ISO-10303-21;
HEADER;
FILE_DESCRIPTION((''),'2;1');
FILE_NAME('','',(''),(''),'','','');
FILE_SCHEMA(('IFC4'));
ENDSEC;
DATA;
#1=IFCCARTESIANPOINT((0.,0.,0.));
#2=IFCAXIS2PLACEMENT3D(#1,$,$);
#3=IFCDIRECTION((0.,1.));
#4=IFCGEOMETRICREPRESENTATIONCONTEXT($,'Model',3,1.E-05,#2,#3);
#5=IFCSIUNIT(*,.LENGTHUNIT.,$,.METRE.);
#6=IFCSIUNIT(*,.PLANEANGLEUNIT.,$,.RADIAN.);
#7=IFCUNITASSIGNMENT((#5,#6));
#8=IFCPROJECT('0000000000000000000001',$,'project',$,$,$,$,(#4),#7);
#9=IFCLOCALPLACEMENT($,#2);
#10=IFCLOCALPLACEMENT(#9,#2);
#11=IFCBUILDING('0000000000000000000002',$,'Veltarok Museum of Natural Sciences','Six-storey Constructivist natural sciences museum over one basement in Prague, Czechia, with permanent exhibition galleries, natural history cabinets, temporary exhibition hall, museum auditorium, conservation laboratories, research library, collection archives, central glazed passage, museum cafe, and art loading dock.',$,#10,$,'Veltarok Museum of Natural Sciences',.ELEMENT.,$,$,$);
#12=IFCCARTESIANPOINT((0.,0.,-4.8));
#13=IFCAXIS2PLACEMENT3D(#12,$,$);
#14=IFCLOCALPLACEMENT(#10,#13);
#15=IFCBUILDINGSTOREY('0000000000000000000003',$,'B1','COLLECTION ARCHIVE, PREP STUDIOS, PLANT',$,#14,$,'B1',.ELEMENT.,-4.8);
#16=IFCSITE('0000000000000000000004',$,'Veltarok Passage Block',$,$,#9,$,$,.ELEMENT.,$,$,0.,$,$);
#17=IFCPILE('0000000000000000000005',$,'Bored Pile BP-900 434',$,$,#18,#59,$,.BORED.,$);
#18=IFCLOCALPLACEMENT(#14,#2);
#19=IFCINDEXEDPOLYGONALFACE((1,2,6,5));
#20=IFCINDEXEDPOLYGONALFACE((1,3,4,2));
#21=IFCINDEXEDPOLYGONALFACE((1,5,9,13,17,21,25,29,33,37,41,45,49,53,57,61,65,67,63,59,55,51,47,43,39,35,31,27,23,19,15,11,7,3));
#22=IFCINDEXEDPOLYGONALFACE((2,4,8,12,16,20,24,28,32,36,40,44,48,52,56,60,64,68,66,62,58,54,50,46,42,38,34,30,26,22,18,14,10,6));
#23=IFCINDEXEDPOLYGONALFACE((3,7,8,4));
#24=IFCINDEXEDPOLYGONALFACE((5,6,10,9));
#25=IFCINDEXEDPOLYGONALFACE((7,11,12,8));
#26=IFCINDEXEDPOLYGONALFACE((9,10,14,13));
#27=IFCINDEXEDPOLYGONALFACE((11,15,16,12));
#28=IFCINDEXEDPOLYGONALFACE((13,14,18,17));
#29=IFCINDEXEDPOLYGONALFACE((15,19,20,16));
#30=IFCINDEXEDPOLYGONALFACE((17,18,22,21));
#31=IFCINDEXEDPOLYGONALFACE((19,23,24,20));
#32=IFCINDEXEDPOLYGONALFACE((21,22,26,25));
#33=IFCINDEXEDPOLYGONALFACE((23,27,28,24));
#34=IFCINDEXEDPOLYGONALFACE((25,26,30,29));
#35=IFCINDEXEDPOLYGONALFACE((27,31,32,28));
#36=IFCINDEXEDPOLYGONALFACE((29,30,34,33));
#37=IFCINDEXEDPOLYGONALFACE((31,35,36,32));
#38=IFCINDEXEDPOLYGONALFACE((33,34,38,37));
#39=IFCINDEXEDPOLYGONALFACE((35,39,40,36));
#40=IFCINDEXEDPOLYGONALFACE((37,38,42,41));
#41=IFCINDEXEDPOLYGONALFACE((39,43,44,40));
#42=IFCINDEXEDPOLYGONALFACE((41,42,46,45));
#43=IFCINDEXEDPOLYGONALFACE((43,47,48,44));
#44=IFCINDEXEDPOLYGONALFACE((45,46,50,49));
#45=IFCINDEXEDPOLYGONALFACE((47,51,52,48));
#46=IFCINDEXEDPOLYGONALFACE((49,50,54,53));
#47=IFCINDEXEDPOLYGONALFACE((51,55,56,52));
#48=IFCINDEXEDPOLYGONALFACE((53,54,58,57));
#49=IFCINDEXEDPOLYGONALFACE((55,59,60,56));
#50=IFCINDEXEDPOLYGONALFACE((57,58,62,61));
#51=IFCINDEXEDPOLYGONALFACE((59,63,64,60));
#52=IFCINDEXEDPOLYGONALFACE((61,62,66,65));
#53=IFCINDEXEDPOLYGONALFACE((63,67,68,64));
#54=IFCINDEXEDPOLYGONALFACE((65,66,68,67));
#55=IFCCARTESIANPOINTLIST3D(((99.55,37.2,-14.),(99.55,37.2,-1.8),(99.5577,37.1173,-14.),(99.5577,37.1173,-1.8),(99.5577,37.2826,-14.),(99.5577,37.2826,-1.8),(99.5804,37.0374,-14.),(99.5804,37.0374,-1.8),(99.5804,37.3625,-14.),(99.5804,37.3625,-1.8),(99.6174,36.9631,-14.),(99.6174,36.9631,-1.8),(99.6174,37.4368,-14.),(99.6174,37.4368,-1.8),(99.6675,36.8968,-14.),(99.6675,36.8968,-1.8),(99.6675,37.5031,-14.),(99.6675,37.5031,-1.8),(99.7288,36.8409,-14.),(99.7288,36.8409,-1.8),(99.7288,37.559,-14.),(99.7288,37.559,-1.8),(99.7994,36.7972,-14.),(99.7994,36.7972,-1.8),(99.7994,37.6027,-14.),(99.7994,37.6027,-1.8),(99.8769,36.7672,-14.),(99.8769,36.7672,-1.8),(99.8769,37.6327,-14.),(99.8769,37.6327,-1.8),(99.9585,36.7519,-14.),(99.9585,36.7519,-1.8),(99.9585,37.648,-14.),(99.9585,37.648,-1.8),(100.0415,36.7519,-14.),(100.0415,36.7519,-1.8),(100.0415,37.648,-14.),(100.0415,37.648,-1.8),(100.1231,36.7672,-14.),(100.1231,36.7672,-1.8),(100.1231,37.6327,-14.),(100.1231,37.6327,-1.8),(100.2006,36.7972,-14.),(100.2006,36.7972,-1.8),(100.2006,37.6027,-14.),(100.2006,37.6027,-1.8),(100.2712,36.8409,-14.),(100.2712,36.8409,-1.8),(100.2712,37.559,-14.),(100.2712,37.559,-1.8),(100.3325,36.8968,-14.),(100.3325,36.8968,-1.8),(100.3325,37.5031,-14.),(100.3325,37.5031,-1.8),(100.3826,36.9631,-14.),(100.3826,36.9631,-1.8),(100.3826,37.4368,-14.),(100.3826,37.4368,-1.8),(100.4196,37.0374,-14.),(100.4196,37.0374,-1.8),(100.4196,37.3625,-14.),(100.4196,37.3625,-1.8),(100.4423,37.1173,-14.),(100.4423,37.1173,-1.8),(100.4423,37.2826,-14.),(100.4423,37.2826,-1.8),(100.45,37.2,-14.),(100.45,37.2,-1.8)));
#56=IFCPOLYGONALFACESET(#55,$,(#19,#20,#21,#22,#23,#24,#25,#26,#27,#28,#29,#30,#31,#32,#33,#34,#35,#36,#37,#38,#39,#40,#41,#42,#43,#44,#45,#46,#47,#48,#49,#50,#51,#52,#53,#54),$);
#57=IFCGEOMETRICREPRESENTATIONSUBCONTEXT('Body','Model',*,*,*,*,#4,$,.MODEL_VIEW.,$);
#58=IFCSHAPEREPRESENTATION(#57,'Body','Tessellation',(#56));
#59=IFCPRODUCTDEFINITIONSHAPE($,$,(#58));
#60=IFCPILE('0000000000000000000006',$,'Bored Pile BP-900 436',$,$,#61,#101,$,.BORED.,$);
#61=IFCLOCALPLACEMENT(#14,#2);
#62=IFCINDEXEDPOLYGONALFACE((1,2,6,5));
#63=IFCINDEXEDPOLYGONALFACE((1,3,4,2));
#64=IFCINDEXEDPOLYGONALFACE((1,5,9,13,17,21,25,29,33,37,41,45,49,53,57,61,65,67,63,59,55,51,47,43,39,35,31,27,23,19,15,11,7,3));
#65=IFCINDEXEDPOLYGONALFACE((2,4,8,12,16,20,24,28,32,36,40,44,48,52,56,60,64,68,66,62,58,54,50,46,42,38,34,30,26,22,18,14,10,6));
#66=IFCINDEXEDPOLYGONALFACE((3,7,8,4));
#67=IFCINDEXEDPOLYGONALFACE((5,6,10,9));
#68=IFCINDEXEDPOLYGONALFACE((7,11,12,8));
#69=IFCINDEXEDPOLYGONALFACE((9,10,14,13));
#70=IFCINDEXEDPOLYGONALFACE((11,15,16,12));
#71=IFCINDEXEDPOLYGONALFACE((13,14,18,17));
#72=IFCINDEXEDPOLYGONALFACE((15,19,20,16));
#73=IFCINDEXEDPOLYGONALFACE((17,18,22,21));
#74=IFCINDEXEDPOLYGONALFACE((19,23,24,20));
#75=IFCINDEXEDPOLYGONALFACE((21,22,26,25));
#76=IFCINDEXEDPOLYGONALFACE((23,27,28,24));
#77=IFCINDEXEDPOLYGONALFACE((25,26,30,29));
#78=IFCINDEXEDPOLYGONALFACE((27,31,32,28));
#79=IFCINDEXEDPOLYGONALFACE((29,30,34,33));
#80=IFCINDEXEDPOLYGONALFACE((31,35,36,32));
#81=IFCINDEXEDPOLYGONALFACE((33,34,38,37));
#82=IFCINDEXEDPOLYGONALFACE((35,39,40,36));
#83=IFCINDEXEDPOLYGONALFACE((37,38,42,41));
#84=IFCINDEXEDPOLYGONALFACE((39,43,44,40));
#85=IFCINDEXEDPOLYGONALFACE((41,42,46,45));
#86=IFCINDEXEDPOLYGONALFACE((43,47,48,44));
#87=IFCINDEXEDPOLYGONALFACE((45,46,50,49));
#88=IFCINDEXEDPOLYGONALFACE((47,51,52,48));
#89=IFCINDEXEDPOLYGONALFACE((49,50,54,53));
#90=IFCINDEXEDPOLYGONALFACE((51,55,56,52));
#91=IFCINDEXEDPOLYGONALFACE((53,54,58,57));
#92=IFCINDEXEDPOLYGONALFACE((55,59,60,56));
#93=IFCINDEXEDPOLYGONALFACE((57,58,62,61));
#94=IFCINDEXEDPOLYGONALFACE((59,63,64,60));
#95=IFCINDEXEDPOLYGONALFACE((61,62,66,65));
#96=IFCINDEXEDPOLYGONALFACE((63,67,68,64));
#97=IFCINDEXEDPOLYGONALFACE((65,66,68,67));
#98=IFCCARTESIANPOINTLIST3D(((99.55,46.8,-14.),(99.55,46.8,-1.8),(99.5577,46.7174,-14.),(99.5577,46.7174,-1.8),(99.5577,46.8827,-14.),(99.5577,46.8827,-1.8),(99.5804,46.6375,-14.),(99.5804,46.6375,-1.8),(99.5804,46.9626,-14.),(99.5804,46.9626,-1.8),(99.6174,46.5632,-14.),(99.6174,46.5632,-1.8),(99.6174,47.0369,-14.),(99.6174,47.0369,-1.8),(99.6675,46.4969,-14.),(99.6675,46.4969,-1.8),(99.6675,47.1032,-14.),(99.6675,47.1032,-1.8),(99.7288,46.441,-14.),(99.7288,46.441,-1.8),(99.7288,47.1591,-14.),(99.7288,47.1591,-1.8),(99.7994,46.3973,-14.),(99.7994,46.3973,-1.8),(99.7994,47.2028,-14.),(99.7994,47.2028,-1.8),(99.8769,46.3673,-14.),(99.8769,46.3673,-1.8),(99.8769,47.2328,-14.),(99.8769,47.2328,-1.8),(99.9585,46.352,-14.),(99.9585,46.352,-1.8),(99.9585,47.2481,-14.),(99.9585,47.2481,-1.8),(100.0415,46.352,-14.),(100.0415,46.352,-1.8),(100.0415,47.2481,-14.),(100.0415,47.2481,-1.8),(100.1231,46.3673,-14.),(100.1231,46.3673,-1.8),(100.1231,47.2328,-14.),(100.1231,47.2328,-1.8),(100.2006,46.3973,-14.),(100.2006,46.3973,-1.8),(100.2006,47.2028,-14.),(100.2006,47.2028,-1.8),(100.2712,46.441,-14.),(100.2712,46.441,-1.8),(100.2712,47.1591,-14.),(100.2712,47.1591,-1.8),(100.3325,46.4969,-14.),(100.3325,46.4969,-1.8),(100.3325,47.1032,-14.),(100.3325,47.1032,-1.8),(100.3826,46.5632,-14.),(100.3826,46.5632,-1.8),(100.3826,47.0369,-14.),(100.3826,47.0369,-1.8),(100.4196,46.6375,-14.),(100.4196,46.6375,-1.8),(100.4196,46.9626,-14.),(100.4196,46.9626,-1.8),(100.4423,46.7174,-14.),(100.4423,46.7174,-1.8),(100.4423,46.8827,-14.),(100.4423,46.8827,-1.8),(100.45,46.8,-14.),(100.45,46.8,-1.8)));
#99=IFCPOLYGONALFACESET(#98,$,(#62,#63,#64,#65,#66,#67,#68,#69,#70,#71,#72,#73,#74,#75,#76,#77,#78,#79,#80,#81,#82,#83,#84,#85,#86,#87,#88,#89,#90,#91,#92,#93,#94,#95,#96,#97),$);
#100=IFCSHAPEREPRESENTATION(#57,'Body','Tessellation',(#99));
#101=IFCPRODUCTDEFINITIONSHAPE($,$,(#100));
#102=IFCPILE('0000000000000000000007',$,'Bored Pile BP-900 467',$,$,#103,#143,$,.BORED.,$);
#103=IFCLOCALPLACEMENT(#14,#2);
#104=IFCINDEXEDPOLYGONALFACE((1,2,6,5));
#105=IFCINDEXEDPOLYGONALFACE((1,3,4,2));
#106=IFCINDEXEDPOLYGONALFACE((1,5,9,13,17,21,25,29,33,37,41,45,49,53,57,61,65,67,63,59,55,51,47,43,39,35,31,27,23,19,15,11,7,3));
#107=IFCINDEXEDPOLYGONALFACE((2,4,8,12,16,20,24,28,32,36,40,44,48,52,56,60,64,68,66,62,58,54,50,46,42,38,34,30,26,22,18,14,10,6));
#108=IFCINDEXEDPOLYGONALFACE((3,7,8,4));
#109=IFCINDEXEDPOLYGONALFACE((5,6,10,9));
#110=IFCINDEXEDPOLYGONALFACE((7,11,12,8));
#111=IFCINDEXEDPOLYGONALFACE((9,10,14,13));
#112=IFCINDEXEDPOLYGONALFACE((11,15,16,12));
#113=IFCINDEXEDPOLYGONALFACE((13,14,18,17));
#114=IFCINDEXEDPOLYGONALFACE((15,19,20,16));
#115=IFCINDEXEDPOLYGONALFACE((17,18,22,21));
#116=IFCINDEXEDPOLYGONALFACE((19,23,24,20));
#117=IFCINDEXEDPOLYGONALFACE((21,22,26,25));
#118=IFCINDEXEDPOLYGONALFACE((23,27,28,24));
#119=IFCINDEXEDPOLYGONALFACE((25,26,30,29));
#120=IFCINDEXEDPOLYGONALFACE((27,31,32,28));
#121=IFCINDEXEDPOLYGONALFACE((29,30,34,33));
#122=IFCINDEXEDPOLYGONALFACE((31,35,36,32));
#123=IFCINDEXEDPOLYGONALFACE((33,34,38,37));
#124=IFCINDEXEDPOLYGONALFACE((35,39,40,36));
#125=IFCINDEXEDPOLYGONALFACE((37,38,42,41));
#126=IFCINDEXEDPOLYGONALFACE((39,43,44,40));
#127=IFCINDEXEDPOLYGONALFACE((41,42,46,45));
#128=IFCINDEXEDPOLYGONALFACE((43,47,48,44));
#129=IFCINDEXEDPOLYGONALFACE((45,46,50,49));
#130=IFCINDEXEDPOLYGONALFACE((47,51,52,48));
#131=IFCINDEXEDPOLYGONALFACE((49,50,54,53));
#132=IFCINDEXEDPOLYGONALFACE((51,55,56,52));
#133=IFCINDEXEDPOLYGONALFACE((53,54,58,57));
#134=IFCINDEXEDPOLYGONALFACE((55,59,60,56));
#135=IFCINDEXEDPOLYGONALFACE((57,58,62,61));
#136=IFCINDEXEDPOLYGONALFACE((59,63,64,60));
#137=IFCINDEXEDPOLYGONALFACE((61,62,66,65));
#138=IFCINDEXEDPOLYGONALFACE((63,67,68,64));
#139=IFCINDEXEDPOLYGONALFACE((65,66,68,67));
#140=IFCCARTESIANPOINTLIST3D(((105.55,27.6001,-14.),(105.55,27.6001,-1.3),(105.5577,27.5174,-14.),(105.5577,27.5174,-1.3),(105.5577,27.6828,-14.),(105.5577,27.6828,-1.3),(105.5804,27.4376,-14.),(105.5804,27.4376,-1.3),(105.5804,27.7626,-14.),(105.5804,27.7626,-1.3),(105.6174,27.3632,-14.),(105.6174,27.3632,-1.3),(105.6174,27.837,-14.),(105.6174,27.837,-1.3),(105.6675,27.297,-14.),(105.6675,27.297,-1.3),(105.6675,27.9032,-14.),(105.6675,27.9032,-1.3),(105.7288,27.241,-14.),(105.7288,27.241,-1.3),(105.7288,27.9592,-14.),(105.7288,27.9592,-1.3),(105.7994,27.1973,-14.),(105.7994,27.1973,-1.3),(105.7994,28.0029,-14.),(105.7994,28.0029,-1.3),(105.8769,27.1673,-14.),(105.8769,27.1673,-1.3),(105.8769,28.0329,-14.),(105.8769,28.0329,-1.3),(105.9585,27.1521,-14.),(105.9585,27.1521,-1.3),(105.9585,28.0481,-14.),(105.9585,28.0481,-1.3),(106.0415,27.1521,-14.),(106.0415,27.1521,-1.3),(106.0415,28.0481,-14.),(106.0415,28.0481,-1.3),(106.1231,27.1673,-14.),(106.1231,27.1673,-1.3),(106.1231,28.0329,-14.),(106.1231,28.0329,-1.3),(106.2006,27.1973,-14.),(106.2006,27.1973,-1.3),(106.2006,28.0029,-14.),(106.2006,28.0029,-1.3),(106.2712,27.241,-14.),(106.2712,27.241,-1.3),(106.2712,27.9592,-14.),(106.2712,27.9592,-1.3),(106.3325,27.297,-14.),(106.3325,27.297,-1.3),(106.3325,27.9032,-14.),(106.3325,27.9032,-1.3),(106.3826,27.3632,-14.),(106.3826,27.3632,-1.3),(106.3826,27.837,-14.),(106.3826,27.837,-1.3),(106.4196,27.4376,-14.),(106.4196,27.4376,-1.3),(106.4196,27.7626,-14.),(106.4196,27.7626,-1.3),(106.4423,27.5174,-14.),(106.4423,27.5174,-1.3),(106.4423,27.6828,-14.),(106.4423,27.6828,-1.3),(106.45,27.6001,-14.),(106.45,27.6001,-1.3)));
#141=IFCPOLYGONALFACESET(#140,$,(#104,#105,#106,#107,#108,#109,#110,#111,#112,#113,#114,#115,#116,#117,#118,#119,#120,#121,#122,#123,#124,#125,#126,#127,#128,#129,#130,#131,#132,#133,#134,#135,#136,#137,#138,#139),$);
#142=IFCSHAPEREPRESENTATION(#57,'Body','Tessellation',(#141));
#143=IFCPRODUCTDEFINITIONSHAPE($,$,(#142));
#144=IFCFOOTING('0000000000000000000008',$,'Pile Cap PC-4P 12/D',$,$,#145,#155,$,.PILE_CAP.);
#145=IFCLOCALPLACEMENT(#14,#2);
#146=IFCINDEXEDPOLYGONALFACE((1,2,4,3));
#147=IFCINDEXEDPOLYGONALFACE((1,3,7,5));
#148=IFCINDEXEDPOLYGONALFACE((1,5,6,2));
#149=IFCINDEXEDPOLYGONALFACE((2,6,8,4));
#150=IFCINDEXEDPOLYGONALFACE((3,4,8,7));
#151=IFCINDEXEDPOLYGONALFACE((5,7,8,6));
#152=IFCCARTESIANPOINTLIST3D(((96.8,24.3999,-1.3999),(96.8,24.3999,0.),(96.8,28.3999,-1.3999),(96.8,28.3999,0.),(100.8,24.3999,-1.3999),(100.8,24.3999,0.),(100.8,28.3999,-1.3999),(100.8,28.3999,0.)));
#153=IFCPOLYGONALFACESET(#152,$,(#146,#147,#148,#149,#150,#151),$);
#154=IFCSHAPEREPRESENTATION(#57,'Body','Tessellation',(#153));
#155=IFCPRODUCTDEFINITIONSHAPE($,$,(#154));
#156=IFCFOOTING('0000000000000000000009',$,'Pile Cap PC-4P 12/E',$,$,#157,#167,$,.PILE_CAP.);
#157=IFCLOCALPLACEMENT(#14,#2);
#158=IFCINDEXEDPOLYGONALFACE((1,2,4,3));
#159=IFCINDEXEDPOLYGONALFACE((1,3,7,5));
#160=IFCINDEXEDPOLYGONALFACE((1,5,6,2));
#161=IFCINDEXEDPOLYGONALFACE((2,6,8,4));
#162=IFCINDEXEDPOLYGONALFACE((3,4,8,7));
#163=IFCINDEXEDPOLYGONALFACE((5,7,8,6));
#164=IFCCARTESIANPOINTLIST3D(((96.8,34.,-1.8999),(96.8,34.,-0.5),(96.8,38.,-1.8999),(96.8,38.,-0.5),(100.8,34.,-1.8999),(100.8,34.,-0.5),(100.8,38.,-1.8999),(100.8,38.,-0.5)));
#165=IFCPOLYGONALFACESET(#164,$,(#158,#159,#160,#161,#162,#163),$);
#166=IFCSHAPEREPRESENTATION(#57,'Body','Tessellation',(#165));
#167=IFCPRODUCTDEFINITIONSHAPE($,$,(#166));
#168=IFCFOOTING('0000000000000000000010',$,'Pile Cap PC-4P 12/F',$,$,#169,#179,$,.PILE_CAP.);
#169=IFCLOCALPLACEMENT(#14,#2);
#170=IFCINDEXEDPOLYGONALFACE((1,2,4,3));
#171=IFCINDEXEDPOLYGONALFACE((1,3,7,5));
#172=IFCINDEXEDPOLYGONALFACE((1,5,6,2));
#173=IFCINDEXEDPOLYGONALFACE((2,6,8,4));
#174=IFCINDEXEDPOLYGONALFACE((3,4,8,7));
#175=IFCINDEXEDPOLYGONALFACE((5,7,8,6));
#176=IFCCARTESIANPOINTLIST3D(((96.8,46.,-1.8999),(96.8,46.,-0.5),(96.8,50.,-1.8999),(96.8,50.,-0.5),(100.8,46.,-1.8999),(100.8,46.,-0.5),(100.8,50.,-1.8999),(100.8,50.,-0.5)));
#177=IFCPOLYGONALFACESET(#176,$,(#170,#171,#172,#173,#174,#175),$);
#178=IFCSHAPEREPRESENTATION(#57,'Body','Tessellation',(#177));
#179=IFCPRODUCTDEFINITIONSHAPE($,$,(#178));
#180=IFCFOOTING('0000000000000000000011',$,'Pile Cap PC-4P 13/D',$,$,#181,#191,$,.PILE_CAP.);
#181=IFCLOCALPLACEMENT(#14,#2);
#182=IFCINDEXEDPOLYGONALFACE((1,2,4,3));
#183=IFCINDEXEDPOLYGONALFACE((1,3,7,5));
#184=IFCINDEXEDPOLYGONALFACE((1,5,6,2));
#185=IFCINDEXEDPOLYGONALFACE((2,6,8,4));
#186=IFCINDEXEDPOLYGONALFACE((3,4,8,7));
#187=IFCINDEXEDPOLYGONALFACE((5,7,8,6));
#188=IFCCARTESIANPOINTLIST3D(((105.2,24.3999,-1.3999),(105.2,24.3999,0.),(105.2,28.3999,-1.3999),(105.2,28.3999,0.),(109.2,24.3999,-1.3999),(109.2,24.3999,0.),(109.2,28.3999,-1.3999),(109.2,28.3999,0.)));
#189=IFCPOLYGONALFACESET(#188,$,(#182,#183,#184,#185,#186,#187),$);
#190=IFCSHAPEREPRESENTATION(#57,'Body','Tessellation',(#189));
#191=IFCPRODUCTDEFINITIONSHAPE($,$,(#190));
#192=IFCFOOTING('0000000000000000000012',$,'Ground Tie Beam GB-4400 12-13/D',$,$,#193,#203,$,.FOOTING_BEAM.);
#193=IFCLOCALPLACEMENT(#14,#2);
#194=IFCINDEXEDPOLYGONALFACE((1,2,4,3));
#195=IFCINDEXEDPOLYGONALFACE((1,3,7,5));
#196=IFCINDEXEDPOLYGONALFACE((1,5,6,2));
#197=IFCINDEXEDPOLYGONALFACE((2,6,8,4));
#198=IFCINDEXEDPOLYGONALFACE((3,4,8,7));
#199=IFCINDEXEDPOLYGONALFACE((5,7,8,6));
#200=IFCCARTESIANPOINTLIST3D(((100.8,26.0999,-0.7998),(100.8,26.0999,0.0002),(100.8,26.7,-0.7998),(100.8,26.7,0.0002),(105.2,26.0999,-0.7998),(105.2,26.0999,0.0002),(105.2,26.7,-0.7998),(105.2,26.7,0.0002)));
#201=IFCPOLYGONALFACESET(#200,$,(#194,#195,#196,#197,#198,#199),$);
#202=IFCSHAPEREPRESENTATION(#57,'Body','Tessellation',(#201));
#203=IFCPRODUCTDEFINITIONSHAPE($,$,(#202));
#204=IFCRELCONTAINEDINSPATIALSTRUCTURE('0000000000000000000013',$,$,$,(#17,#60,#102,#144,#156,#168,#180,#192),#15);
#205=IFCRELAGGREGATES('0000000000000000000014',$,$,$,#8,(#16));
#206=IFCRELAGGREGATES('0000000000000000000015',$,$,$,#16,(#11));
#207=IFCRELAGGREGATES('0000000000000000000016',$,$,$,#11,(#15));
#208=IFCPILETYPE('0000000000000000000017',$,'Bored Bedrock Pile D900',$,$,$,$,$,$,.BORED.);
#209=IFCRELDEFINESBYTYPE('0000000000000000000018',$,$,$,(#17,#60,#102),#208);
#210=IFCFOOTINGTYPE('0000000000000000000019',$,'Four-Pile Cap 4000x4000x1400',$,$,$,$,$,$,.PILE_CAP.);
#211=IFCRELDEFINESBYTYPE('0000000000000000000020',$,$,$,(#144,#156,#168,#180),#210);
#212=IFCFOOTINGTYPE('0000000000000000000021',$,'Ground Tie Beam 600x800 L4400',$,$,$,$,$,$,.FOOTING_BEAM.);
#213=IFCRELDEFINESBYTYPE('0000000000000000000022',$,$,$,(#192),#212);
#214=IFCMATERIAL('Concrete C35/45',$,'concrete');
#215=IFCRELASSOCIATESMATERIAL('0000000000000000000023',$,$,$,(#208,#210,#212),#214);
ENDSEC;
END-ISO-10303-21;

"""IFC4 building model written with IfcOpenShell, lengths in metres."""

from ifc_helpers import new_model, si_unit, direction, frame, origin, origin_2d, place, context, subcontext, project, spatial, rectangle, circle, extrude, material, material_profile, profile_set, type_object, element, save


model = new_model("IFC4")

# Units and contexts
model_context = context("Model", 3, precision=1e-05, world=origin(), true_north=direction((0.0, 1.0)))
body_context = subcontext(model_context, "Body", "Model", "MODEL_VIEW")
ifc_project = project(units=[si_unit("LENGTHUNIT", "METRE"), si_unit("PLANEANGLEUNIT", "RADIAN")], contexts=[model_context])

# Site, building, storey
site_placement = place(None, origin())
site = spatial("IfcSite", under=ifc_project, at=site_placement, Name="Veltarok Passage Block", CompositionType="ELEMENT", RefElevation=0.0)
building_placement = place(site_placement, origin())
building = spatial("IfcBuilding", under=site, at=building_placement, Name="Veltarok Museum of Natural Sciences", Description="Six-storey Constructivist natural sciences museum over one basement in Prague, Czechia, with permanent exhibition galleries, natural history cabinets, temporary exhibition hall, museum auditorium, conservation laboratories, research library, collection archives, central glazed passage, museum cafe, and art loading dock.", LongName="Veltarok Museum of Natural Sciences", CompositionType="ELEMENT")
storey_placement = place(building_placement, frame((0.0, 0.0, -4.8)))
storey = spatial("IfcBuildingStorey", under=building, at=storey_placement, Name="B1", Description="COLLECTION ARCHIVE, PREP STUDIOS, PLANT", LongName="B1", CompositionType="ELEMENT", Elevation=-4.8)

# Piles
ifc_material_1 = material(Name="Concrete C35/45", Category="concrete")
ifc_material_profile_1 = material_profile(ifc_material_1, circle(Radius=0.45, at=origin_2d()), Name="BP D900")
ifc_profile_set_1 = profile_set([ifc_material_profile_1], Name="Concrete C35/45")
pile_type_1 = type_object("IfcPileType", Name="Bored Bedrock Pile D900", PredefinedType="BORED", material=ifc_profile_set_1)
for number, where, z_axis, x_axis, name in (
    (1, (100.0, 37.2, -1.8), (0.0, 0.0, -1.0), (1.0, 0.0, 0.0), "Bored Pile BP-900 434"),
    (2, (100.0, 46.8, -1.8), (0.0, 0.0, -1.0), (1.0, 0.0, 0.0), "Bored Pile BP-900 436"),
):
    element("IfcPile", number, at=place(storey_placement, frame(where, z_axis=z_axis, x_axis=x_axis)), inside=storey, type_object=pile_type_1, Name=name, PredefinedType="BORED", context=body_context, shape_type="SweptSolid", body=[
        extrude(circle(Radius=0.45, at=origin_2d()), origin(), (0.0, 0.0, 1.0), 12.2),
    ])
pile_1_placement = place(storey_placement, frame((106.0, 27.6001, -1.3), z_axis=(0.0, 0.0, -1.0), x_axis=(1.0, 0.0, 0.0)))
element("IfcPile", 3, at=pile_1_placement, inside=storey, type_object=pile_type_1, Name="Bored Pile BP-900 467", PredefinedType="BORED", context=body_context, shape_type="SweptSolid", body=[
    extrude(circle(Radius=0.45, at=origin_2d()), origin(), (0.0, 0.0, 1.0), 12.7),
])

# Footings
footing_type_1 = type_object("IfcFootingType", Name="Four-Pile Cap 4000x4000x1400", PredefinedType="PILE_CAP", material=ifc_material_1)
for number, where, z_axis, x_axis, name in (
    (4, (98.8, 26.3999, -1.3999), (0.0, 0.0, 1.0), (1.0, 0.0, 0.0), "Pile Cap PC-4P 12/D"),
    (5, (98.8, 36.0, -1.8999), (0.0, 0.0, 1.0), (1.0, 0.0, 0.0), "Pile Cap PC-4P 12/E"),
    (6, (98.8, 48.0, -1.8999), (0.0, 0.0, 1.0), (1.0, 0.0, 0.0), "Pile Cap PC-4P 12/F"),
    (7, (107.2, 26.3999, -1.3999), (0.0, 0.0, 1.0), (1.0, 0.0, 0.0), "Pile Cap PC-4P 13/D"),
):
    element("IfcFooting", number, at=place(storey_placement, frame(where, z_axis=z_axis, x_axis=x_axis)), inside=storey, type_object=footing_type_1, Name=name, PredefinedType="PILE_CAP", context=body_context, shape_type="SweptSolid", body=[
        extrude(rectangle(XDim=4.0, YDim=4.0, at=origin_2d()), origin(), (0.0, 0.0, 1.0), 1.3999),
    ])
footing_type_2 = type_object("IfcFootingType", Name="Ground Tie Beam 600x800 L4400", PredefinedType="FOOTING_BEAM", material=ifc_material_1)
footing_1_placement = place(storey_placement, frame((103.0, 26.3999, -0.7998), z_axis=(0.0, 0.0, 1.0), x_axis=(1.0, 0.0, 0.0)))
element("IfcFooting", 8, at=footing_1_placement, inside=storey, type_object=footing_type_2, Name="Ground Tie Beam GB-4400 12-13/D", PredefinedType="FOOTING_BEAM", context=body_context, shape_type="SweptSolid", body=[
    extrude(rectangle(XDim=4.3999, YDim=0.6001, at=origin_2d()), origin(), (0.0, 0.0, 1.0), 0.8),
])

save(model, "model.ifc")
